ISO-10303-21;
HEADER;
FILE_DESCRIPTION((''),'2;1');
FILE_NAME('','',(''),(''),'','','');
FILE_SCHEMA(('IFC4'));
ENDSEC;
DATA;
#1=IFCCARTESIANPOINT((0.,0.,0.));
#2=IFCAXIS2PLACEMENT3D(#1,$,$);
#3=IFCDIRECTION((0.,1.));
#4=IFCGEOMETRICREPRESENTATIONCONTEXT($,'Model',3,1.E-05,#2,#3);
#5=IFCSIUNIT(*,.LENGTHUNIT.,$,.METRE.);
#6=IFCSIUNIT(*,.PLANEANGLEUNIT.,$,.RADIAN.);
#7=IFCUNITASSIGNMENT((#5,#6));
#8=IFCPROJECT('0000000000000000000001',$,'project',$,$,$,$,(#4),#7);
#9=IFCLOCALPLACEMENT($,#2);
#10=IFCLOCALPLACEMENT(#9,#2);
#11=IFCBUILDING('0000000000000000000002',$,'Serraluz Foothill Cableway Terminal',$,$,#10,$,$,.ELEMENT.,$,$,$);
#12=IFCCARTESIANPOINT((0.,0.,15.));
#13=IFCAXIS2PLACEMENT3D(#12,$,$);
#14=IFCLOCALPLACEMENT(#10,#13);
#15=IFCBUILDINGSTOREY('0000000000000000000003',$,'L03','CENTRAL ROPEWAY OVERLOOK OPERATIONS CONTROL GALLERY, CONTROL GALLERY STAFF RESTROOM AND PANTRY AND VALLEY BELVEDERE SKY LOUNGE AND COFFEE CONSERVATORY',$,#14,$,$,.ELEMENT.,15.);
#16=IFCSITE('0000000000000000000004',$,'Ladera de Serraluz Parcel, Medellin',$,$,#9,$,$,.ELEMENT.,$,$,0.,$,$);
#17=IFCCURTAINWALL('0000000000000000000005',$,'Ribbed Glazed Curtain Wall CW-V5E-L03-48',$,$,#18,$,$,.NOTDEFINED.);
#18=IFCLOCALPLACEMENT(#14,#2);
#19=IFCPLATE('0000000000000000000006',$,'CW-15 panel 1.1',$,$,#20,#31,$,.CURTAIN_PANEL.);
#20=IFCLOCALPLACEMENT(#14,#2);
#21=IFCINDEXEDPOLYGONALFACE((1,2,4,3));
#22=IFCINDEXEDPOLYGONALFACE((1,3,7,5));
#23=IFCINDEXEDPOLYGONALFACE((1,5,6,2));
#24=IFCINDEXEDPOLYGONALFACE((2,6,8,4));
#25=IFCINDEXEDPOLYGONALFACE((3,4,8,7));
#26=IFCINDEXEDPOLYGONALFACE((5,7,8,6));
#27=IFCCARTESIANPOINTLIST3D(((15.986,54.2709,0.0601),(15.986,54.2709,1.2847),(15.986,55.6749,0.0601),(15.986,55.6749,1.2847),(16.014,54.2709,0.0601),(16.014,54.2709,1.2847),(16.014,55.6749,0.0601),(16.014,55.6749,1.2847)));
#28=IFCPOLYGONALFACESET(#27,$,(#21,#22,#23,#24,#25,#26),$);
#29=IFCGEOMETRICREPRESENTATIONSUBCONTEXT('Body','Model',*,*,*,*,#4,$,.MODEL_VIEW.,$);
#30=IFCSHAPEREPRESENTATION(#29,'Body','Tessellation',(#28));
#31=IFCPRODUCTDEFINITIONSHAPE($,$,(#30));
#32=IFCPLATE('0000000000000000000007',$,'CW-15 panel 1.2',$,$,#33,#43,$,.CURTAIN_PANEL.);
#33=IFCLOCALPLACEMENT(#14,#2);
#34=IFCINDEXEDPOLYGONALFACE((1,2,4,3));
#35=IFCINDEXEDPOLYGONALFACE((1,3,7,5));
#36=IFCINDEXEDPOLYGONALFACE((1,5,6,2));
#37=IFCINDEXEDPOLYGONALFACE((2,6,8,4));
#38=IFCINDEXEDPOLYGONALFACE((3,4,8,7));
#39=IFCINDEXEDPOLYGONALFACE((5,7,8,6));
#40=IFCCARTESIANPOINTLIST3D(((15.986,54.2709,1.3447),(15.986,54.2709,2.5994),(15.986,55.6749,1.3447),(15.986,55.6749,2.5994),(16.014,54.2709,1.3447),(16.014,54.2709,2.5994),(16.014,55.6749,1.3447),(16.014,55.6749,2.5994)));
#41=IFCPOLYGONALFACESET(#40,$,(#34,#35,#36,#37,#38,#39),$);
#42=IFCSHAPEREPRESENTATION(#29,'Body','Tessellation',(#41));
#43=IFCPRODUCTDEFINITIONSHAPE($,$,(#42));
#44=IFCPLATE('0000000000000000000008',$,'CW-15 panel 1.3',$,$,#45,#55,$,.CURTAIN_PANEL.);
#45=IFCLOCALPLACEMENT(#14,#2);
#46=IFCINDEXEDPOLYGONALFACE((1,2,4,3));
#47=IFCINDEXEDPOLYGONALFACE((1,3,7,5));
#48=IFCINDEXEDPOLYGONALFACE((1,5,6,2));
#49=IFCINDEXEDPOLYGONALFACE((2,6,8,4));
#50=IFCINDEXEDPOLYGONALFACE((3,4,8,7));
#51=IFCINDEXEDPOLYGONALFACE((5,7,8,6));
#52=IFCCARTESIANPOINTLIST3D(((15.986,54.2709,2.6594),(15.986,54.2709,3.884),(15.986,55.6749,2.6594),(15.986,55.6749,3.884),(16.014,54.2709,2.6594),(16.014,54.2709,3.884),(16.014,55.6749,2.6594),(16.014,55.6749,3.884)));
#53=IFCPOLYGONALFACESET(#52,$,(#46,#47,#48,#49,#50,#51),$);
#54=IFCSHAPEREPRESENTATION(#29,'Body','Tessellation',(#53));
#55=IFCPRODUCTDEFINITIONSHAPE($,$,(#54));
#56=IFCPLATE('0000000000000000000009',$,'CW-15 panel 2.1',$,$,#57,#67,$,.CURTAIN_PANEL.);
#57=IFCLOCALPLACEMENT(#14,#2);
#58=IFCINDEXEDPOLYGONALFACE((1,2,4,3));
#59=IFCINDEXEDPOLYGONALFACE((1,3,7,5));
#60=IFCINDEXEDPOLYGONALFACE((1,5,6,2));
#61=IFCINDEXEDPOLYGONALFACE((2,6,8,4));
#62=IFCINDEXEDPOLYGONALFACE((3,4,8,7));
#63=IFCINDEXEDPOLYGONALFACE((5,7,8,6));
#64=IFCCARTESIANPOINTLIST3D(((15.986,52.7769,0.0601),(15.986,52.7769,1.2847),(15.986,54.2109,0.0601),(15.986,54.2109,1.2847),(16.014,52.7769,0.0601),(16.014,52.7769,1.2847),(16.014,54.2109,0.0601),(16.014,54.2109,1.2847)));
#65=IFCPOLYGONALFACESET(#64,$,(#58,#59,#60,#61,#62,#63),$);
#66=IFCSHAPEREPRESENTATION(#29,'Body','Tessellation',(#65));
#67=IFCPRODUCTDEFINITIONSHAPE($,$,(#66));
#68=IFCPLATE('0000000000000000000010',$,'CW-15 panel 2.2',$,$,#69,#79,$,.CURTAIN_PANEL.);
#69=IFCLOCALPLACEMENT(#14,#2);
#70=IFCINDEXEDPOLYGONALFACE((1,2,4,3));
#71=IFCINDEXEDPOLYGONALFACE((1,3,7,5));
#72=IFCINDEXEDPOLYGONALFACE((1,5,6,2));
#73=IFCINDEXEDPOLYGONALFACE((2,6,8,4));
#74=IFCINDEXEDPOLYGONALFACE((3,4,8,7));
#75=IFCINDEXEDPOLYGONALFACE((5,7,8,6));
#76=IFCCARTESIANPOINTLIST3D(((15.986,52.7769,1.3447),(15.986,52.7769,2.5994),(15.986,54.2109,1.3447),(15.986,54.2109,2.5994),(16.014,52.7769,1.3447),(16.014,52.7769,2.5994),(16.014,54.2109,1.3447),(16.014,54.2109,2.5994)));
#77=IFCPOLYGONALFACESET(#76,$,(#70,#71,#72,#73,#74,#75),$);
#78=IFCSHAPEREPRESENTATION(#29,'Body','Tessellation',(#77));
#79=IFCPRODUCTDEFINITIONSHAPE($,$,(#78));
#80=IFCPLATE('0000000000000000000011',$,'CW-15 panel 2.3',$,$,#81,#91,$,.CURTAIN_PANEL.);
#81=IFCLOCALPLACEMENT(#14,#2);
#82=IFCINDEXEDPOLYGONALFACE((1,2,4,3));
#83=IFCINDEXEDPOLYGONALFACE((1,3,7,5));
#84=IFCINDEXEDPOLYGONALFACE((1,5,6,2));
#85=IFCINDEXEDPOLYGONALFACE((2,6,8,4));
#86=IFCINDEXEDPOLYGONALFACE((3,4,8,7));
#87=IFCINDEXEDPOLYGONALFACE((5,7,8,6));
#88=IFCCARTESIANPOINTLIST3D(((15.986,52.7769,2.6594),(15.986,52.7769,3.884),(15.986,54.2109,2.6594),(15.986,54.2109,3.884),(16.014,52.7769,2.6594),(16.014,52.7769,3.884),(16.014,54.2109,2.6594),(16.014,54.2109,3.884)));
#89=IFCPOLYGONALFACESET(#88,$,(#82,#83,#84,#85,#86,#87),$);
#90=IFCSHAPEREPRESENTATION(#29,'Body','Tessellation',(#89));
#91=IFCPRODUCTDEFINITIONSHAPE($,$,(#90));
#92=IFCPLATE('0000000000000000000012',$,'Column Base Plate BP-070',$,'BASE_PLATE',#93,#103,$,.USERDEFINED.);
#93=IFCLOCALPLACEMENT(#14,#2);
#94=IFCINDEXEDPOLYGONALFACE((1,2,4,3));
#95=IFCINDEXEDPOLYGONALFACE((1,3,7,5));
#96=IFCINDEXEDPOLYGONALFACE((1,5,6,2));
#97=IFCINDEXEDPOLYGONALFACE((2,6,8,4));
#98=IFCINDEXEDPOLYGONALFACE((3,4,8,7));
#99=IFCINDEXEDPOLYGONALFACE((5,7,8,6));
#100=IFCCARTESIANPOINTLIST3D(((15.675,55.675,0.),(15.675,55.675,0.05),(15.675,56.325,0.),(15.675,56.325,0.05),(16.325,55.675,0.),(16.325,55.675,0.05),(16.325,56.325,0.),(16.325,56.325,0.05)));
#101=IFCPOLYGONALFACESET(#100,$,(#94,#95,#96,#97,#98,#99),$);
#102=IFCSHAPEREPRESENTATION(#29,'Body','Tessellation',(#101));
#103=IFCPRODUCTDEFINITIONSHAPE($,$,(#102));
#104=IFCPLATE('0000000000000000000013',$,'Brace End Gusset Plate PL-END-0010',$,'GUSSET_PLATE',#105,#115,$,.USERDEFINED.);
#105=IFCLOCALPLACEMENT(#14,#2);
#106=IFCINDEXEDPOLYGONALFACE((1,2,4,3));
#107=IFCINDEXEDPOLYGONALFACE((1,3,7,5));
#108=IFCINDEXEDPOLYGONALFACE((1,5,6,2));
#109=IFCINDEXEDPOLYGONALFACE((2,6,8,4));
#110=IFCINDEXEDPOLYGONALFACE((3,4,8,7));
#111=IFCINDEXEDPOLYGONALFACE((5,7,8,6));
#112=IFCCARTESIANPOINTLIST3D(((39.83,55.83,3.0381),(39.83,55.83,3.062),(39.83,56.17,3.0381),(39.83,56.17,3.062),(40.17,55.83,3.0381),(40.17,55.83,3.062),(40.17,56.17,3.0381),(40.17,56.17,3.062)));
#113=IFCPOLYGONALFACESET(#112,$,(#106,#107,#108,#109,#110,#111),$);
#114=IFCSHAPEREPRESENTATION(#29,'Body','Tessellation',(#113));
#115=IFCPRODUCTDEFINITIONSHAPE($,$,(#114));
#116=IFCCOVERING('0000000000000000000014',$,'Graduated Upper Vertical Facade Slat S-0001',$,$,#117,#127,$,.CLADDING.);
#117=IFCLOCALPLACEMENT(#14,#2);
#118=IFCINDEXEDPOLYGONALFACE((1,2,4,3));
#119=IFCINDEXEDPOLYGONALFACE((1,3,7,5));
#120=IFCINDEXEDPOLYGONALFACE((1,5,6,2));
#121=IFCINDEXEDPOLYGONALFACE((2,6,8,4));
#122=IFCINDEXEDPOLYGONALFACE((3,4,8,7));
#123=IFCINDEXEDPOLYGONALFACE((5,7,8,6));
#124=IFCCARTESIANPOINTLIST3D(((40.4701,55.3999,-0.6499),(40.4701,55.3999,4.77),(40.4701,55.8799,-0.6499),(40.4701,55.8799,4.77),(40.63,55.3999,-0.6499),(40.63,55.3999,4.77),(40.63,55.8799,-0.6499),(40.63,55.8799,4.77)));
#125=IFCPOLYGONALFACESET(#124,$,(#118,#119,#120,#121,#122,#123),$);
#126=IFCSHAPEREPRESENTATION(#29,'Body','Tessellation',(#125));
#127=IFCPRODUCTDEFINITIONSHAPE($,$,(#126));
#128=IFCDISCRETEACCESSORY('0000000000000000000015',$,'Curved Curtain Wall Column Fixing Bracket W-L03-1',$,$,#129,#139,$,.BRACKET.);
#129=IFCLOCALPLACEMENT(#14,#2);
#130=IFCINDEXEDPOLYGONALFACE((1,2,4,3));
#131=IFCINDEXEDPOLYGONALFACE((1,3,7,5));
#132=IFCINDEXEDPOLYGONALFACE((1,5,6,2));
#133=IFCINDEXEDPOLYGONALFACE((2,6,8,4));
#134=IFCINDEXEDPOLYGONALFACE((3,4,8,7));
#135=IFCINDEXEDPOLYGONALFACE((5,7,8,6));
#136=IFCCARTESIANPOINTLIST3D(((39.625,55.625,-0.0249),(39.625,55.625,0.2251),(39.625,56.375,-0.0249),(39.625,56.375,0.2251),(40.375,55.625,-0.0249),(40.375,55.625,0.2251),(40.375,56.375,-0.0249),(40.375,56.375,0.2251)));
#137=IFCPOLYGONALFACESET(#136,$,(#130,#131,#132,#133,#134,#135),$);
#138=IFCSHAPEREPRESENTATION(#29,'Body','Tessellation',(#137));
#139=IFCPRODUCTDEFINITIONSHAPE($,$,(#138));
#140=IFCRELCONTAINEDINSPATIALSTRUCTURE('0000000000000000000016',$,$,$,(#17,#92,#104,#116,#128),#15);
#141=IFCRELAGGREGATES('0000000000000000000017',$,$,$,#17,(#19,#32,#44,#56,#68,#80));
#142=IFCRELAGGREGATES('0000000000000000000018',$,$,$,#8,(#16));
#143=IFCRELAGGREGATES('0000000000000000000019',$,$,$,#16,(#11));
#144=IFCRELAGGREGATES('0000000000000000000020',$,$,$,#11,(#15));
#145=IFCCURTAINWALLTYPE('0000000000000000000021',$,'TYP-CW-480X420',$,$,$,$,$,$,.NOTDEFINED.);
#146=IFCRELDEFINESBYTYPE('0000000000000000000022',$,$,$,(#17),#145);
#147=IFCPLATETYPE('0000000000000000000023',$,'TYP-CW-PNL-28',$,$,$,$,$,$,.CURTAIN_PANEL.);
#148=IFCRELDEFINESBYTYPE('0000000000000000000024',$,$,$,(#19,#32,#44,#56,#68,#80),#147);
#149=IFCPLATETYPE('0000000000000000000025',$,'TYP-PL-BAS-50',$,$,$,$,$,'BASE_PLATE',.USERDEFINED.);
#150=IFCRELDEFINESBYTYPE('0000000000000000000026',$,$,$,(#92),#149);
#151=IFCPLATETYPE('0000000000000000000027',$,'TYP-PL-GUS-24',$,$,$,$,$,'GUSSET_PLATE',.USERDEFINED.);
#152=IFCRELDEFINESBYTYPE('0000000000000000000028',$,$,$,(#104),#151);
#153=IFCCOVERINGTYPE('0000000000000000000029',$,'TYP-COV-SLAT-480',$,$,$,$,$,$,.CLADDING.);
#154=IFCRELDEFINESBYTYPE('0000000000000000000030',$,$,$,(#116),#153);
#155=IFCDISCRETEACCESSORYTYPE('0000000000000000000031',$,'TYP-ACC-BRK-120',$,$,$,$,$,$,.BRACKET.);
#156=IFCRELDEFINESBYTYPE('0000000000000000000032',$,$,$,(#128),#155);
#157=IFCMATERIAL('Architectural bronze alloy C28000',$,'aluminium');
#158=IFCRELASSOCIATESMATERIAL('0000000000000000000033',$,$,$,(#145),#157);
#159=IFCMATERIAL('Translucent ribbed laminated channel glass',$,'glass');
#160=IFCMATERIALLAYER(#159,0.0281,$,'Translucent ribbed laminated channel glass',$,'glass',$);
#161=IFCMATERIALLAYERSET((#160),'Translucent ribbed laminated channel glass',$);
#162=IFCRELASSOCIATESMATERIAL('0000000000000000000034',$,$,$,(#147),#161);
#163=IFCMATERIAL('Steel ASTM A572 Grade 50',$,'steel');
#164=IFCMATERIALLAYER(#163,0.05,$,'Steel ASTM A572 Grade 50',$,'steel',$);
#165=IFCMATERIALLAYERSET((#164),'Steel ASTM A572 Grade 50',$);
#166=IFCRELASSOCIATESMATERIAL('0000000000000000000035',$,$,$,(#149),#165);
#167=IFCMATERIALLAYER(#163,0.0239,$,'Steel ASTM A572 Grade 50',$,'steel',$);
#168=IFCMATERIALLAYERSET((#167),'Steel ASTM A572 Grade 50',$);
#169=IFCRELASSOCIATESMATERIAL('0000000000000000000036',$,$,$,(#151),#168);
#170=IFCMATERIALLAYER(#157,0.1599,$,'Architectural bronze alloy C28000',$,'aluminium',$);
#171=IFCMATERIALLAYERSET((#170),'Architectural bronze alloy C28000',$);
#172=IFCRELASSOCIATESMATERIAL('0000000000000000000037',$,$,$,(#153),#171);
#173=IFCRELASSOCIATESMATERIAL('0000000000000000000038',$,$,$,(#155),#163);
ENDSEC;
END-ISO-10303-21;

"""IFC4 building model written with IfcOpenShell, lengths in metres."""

from ifc_helpers import new_model, si_unit, direction, frame, origin, origin_2d, place, context, subcontext, project, spatial, rectangle, extrude, material, layer, layer_set, type_object, element, aggregate, save


model = new_model("IFC4")

# Units and contexts
model_context = context("Model", 3, precision=1e-05, world=origin(), true_north=direction((0.0, 1.0)))
body_context = subcontext(model_context, "Body", "Model", "MODEL_VIEW")
ifc_project = project(units=[si_unit("LENGTHUNIT", "METRE"), si_unit("PLANEANGLEUNIT", "RADIAN")], contexts=[model_context])

# Site, building, storey
site_placement = place(None, origin())
site = spatial("IfcSite", under=ifc_project, at=site_placement, Name="Ladera de Serraluz Parcel, Medellin", CompositionType="ELEMENT", RefElevation=0.0)
building_placement = place(site_placement, origin())
building = spatial("IfcBuilding", under=site, at=building_placement, Name="Serraluz Foothill Cableway Terminal", CompositionType="ELEMENT")
storey_placement = place(building_placement, frame((0.0, 0.0, 15.0)))
storey = spatial("IfcBuildingStorey", under=building, at=storey_placement, Name="L03", Description="CENTRAL ROPEWAY OVERLOOK OPERATIONS CONTROL GALLERY, CONTROL GALLERY STAFF RESTROOM AND PANTRY AND VALLEY BELVEDERE SKY LOUNGE AND COFFEE CONSERVATORY", CompositionType="ELEMENT", Elevation=15.0)

# Shared definitions
ifc_material_1 = material(Name="Steel ASTM A572 Grade 50", Category="steel")

# Shared definitions
ifc_material_2 = material(Name="Architectural bronze alloy C28000", Category="aluminium")

# Curtain wall
curtain_wall_type_1 = type_object("IfcCurtainWallType", Name="TYP-CW-480X420", PredefinedType="NOTDEFINED", material=ifc_material_2)
curtain_wall_1_placement = place(storey_placement, origin())
curtain_wall_1 = element("IfcCurtainWall", 1, at=curtain_wall_1_placement, inside=storey, type_object=curtain_wall_type_1, Name="Ribbed Glazed Curtain Wall CW-V5E-L03-48", PredefinedType="NOTDEFINED")

# Plates
ifc_material_3 = material(Name="Translucent ribbed laminated channel glass", Category="glass")
ifc_layer_1 = layer(ifc_material_3, 0.0281, Name="Translucent ribbed laminated channel glass", Category="glass")
ifc_layer_set_1 = layer_set([ifc_layer_1], Name="Translucent ribbed laminated channel glass")
plate_type_1 = type_object("IfcPlateType", Name="TYP-CW-PNL-28", PredefinedType="CURTAIN_PANEL", material=ifc_layer_set_1)
plate_1_placement = place(storey_placement, frame((16.0, 54.9729, 0.0601), z_axis=(0.0, 0.0, 1.0), x_axis=(0.0, -1.0, 0.0)))
plate_1 = element("IfcPlate", 2, at=plate_1_placement, type_object=plate_type_1, Name="CW-15 panel 1.1", PredefinedType="CURTAIN_PANEL", context=body_context, shape_type="SweptSolid", body=[
    extrude(rectangle(XDim=1.4041, YDim=0.0281, at=origin_2d()), origin(), (0.0, 0.0, 1.0), 1.2246),
])
plate_2_placement = place(storey_placement, frame((16.0, 54.9729, 1.3447), z_axis=(0.0, 0.0, 1.0), x_axis=(0.0, -1.0, 0.0)))
plate_2 = element("IfcPlate", 3, at=plate_2_placement, type_object=plate_type_1, Name="CW-15 panel 1.2", PredefinedType="CURTAIN_PANEL", context=body_context, shape_type="SweptSolid", body=[
    extrude(rectangle(XDim=1.4041, YDim=0.0281, at=origin_2d()), origin(), (0.0, 0.0, 1.0), 1.2546),
])
plate_3_placement = place(storey_placement, frame((16.0, 54.9729, 2.6594), z_axis=(0.0, 0.0, 1.0), x_axis=(0.0, -1.0, 0.0)))
plate_3 = element("IfcPlate", 4, at=plate_3_placement, type_object=plate_type_1, Name="CW-15 panel 1.3", PredefinedType="CURTAIN_PANEL", context=body_context, shape_type="SweptSolid", body=[
    extrude(rectangle(XDim=1.4041, YDim=0.0281, at=origin_2d()), origin(), (0.0, 0.0, 1.0), 1.2246),
])
plate_4_placement = place(storey_placement, frame((16.0, 53.4939, 0.0601), z_axis=(0.0, 0.0, 1.0), x_axis=(0.0, -1.0, 0.0)))
plate_4 = element("IfcPlate", 5, at=plate_4_placement, type_object=plate_type_1, Name="CW-15 panel 2.1", PredefinedType="CURTAIN_PANEL", context=body_context, shape_type="SweptSolid", body=[
    extrude(rectangle(XDim=1.4341, YDim=0.0281, at=origin_2d()), origin(), (0.0, 0.0, 1.0), 1.2246),
])
plate_5_placement = place(storey_placement, frame((16.0, 53.4939, 1.3447), z_axis=(0.0, 0.0, 1.0), x_axis=(0.0, -1.0, 0.0)))
plate_5 = element("IfcPlate", 6, at=plate_5_placement, type_object=plate_type_1, Name="CW-15 panel 2.2", PredefinedType="CURTAIN_PANEL", context=body_context, shape_type="SweptSolid", body=[
    extrude(rectangle(XDim=1.4341, YDim=0.0281, at=origin_2d()), origin(), (0.0, 0.0, 1.0), 1.2546),
])
plate_6_placement = place(storey_placement, frame((16.0, 53.4939, 2.6594), z_axis=(0.0, 0.0, 1.0), x_axis=(0.0, -1.0, 0.0)))
plate_6 = element("IfcPlate", 7, at=plate_6_placement, type_object=plate_type_1, Name="CW-15 panel 2.3", PredefinedType="CURTAIN_PANEL", context=body_context, shape_type="SweptSolid", body=[
    extrude(rectangle(XDim=1.4341, YDim=0.0281, at=origin_2d()), origin(), (0.0, 0.0, 1.0), 1.2246),
])
aggregate(curtain_wall_1, [plate_1, plate_2, plate_3, plate_4, plate_5, plate_6])

# Plates
ifc_layer_2 = layer(ifc_material_1, 0.05, Name="Steel ASTM A572 Grade 50", Category="steel")
ifc_layer_set_2 = layer_set([ifc_layer_2], Name="Steel ASTM A572 Grade 50")
plate_type_2 = type_object("IfcPlateType", Name="TYP-PL-BAS-50", ElementType="BASE_PLATE", PredefinedType="USERDEFINED", material=ifc_layer_set_2)
plate_7_placement = place(storey_placement, frame((16.0, 56.0, 0.0), z_axis=(0.0, 0.0, 1.0), x_axis=(1.0, 0.0, 0.0)))
element("IfcPlate", 8, at=plate_7_placement, inside=storey, type_object=plate_type_2, Name="Column Base Plate BP-070", ObjectType="BASE_PLATE", PredefinedType="USERDEFINED", context=body_context, shape_type="SweptSolid", body=[
    extrude(rectangle(XDim=0.6499, YDim=0.6499, at=origin_2d()), origin(), (0.0, 0.0, 1.0), 0.05),
])
ifc_layer_3 = layer(ifc_material_1, 0.0239, Name="Steel ASTM A572 Grade 50", Category="steel")
ifc_layer_set_3 = layer_set([ifc_layer_3], Name="Steel ASTM A572 Grade 50")
plate_type_3 = type_object("IfcPlateType", Name="TYP-PL-GUS-24", ElementType="GUSSET_PLATE", PredefinedType="USERDEFINED", material=ifc_layer_set_3)
plate_8_placement = place(storey_placement, frame((40.0, 56.0, 3.0381), z_axis=(0.0, 0.0, 1.0), x_axis=(1.0, 0.0, 0.0)))
element("IfcPlate", 9, at=plate_8_placement, inside=storey, type_object=plate_type_3, Name="Brace End Gusset Plate PL-END-0010", ObjectType="GUSSET_PLATE", PredefinedType="USERDEFINED", context=body_context, shape_type="SweptSolid", body=[
    extrude(rectangle(XDim=0.3401, YDim=0.3401, at=origin_2d()), origin(), (0.0, 0.0, 1.0), 0.0239),
])

# Covering
ifc_layer_4 = layer(ifc_material_2, 0.1599, Name="Architectural bronze alloy C28000", Category="aluminium")
ifc_layer_set_4 = layer_set([ifc_layer_4], Name="Architectural bronze alloy C28000")
covering_type = type_object("IfcCoveringType", Name="TYP-COV-SLAT-480", PredefinedType="CLADDING", material=ifc_layer_set_4)
covering_placement = place(storey_placement, frame((40.55, 55.6399, -0.6499), z_axis=(0.0, 0.0, 1.0), x_axis=(1.0, 0.0, 0.0)))
element("IfcCovering", 10, at=covering_placement, inside=storey, type_object=covering_type, Name="Graduated Upper Vertical Facade Slat S-0001", PredefinedType="CLADDING", context=body_context, shape_type="SweptSolid", body=[
    extrude(rectangle(XDim=0.1599, YDim=0.48, at=origin_2d()), origin(), (0.0, 0.0, 1.0), 5.4199),
])

# Discrete accessory
discrete_accessory_type = type_object("IfcDiscreteAccessoryType", Name="TYP-ACC-BRK-120", PredefinedType="BRACKET", material=ifc_material_1)
discrete_accessory_placement = place(storey_placement, frame((40.0, 56.0, -0.0249), z_axis=(0.0, 0.0, 1.0), x_axis=(1.0, 0.0, 0.0)))
element("IfcDiscreteAccessory", 11, at=discrete_accessory_placement, inside=storey, type_object=discrete_accessory_type, Name="Curved Curtain Wall Column Fixing Bracket W-L03-1", PredefinedType="BRACKET", context=body_context, shape_type="SweptSolid", body=[
    extrude(rectangle(XDim=0.75, YDim=0.75, at=origin_2d()), origin(), (0.0, 0.0, 1.0), 0.25),
])

save(model, "model.ifc")
